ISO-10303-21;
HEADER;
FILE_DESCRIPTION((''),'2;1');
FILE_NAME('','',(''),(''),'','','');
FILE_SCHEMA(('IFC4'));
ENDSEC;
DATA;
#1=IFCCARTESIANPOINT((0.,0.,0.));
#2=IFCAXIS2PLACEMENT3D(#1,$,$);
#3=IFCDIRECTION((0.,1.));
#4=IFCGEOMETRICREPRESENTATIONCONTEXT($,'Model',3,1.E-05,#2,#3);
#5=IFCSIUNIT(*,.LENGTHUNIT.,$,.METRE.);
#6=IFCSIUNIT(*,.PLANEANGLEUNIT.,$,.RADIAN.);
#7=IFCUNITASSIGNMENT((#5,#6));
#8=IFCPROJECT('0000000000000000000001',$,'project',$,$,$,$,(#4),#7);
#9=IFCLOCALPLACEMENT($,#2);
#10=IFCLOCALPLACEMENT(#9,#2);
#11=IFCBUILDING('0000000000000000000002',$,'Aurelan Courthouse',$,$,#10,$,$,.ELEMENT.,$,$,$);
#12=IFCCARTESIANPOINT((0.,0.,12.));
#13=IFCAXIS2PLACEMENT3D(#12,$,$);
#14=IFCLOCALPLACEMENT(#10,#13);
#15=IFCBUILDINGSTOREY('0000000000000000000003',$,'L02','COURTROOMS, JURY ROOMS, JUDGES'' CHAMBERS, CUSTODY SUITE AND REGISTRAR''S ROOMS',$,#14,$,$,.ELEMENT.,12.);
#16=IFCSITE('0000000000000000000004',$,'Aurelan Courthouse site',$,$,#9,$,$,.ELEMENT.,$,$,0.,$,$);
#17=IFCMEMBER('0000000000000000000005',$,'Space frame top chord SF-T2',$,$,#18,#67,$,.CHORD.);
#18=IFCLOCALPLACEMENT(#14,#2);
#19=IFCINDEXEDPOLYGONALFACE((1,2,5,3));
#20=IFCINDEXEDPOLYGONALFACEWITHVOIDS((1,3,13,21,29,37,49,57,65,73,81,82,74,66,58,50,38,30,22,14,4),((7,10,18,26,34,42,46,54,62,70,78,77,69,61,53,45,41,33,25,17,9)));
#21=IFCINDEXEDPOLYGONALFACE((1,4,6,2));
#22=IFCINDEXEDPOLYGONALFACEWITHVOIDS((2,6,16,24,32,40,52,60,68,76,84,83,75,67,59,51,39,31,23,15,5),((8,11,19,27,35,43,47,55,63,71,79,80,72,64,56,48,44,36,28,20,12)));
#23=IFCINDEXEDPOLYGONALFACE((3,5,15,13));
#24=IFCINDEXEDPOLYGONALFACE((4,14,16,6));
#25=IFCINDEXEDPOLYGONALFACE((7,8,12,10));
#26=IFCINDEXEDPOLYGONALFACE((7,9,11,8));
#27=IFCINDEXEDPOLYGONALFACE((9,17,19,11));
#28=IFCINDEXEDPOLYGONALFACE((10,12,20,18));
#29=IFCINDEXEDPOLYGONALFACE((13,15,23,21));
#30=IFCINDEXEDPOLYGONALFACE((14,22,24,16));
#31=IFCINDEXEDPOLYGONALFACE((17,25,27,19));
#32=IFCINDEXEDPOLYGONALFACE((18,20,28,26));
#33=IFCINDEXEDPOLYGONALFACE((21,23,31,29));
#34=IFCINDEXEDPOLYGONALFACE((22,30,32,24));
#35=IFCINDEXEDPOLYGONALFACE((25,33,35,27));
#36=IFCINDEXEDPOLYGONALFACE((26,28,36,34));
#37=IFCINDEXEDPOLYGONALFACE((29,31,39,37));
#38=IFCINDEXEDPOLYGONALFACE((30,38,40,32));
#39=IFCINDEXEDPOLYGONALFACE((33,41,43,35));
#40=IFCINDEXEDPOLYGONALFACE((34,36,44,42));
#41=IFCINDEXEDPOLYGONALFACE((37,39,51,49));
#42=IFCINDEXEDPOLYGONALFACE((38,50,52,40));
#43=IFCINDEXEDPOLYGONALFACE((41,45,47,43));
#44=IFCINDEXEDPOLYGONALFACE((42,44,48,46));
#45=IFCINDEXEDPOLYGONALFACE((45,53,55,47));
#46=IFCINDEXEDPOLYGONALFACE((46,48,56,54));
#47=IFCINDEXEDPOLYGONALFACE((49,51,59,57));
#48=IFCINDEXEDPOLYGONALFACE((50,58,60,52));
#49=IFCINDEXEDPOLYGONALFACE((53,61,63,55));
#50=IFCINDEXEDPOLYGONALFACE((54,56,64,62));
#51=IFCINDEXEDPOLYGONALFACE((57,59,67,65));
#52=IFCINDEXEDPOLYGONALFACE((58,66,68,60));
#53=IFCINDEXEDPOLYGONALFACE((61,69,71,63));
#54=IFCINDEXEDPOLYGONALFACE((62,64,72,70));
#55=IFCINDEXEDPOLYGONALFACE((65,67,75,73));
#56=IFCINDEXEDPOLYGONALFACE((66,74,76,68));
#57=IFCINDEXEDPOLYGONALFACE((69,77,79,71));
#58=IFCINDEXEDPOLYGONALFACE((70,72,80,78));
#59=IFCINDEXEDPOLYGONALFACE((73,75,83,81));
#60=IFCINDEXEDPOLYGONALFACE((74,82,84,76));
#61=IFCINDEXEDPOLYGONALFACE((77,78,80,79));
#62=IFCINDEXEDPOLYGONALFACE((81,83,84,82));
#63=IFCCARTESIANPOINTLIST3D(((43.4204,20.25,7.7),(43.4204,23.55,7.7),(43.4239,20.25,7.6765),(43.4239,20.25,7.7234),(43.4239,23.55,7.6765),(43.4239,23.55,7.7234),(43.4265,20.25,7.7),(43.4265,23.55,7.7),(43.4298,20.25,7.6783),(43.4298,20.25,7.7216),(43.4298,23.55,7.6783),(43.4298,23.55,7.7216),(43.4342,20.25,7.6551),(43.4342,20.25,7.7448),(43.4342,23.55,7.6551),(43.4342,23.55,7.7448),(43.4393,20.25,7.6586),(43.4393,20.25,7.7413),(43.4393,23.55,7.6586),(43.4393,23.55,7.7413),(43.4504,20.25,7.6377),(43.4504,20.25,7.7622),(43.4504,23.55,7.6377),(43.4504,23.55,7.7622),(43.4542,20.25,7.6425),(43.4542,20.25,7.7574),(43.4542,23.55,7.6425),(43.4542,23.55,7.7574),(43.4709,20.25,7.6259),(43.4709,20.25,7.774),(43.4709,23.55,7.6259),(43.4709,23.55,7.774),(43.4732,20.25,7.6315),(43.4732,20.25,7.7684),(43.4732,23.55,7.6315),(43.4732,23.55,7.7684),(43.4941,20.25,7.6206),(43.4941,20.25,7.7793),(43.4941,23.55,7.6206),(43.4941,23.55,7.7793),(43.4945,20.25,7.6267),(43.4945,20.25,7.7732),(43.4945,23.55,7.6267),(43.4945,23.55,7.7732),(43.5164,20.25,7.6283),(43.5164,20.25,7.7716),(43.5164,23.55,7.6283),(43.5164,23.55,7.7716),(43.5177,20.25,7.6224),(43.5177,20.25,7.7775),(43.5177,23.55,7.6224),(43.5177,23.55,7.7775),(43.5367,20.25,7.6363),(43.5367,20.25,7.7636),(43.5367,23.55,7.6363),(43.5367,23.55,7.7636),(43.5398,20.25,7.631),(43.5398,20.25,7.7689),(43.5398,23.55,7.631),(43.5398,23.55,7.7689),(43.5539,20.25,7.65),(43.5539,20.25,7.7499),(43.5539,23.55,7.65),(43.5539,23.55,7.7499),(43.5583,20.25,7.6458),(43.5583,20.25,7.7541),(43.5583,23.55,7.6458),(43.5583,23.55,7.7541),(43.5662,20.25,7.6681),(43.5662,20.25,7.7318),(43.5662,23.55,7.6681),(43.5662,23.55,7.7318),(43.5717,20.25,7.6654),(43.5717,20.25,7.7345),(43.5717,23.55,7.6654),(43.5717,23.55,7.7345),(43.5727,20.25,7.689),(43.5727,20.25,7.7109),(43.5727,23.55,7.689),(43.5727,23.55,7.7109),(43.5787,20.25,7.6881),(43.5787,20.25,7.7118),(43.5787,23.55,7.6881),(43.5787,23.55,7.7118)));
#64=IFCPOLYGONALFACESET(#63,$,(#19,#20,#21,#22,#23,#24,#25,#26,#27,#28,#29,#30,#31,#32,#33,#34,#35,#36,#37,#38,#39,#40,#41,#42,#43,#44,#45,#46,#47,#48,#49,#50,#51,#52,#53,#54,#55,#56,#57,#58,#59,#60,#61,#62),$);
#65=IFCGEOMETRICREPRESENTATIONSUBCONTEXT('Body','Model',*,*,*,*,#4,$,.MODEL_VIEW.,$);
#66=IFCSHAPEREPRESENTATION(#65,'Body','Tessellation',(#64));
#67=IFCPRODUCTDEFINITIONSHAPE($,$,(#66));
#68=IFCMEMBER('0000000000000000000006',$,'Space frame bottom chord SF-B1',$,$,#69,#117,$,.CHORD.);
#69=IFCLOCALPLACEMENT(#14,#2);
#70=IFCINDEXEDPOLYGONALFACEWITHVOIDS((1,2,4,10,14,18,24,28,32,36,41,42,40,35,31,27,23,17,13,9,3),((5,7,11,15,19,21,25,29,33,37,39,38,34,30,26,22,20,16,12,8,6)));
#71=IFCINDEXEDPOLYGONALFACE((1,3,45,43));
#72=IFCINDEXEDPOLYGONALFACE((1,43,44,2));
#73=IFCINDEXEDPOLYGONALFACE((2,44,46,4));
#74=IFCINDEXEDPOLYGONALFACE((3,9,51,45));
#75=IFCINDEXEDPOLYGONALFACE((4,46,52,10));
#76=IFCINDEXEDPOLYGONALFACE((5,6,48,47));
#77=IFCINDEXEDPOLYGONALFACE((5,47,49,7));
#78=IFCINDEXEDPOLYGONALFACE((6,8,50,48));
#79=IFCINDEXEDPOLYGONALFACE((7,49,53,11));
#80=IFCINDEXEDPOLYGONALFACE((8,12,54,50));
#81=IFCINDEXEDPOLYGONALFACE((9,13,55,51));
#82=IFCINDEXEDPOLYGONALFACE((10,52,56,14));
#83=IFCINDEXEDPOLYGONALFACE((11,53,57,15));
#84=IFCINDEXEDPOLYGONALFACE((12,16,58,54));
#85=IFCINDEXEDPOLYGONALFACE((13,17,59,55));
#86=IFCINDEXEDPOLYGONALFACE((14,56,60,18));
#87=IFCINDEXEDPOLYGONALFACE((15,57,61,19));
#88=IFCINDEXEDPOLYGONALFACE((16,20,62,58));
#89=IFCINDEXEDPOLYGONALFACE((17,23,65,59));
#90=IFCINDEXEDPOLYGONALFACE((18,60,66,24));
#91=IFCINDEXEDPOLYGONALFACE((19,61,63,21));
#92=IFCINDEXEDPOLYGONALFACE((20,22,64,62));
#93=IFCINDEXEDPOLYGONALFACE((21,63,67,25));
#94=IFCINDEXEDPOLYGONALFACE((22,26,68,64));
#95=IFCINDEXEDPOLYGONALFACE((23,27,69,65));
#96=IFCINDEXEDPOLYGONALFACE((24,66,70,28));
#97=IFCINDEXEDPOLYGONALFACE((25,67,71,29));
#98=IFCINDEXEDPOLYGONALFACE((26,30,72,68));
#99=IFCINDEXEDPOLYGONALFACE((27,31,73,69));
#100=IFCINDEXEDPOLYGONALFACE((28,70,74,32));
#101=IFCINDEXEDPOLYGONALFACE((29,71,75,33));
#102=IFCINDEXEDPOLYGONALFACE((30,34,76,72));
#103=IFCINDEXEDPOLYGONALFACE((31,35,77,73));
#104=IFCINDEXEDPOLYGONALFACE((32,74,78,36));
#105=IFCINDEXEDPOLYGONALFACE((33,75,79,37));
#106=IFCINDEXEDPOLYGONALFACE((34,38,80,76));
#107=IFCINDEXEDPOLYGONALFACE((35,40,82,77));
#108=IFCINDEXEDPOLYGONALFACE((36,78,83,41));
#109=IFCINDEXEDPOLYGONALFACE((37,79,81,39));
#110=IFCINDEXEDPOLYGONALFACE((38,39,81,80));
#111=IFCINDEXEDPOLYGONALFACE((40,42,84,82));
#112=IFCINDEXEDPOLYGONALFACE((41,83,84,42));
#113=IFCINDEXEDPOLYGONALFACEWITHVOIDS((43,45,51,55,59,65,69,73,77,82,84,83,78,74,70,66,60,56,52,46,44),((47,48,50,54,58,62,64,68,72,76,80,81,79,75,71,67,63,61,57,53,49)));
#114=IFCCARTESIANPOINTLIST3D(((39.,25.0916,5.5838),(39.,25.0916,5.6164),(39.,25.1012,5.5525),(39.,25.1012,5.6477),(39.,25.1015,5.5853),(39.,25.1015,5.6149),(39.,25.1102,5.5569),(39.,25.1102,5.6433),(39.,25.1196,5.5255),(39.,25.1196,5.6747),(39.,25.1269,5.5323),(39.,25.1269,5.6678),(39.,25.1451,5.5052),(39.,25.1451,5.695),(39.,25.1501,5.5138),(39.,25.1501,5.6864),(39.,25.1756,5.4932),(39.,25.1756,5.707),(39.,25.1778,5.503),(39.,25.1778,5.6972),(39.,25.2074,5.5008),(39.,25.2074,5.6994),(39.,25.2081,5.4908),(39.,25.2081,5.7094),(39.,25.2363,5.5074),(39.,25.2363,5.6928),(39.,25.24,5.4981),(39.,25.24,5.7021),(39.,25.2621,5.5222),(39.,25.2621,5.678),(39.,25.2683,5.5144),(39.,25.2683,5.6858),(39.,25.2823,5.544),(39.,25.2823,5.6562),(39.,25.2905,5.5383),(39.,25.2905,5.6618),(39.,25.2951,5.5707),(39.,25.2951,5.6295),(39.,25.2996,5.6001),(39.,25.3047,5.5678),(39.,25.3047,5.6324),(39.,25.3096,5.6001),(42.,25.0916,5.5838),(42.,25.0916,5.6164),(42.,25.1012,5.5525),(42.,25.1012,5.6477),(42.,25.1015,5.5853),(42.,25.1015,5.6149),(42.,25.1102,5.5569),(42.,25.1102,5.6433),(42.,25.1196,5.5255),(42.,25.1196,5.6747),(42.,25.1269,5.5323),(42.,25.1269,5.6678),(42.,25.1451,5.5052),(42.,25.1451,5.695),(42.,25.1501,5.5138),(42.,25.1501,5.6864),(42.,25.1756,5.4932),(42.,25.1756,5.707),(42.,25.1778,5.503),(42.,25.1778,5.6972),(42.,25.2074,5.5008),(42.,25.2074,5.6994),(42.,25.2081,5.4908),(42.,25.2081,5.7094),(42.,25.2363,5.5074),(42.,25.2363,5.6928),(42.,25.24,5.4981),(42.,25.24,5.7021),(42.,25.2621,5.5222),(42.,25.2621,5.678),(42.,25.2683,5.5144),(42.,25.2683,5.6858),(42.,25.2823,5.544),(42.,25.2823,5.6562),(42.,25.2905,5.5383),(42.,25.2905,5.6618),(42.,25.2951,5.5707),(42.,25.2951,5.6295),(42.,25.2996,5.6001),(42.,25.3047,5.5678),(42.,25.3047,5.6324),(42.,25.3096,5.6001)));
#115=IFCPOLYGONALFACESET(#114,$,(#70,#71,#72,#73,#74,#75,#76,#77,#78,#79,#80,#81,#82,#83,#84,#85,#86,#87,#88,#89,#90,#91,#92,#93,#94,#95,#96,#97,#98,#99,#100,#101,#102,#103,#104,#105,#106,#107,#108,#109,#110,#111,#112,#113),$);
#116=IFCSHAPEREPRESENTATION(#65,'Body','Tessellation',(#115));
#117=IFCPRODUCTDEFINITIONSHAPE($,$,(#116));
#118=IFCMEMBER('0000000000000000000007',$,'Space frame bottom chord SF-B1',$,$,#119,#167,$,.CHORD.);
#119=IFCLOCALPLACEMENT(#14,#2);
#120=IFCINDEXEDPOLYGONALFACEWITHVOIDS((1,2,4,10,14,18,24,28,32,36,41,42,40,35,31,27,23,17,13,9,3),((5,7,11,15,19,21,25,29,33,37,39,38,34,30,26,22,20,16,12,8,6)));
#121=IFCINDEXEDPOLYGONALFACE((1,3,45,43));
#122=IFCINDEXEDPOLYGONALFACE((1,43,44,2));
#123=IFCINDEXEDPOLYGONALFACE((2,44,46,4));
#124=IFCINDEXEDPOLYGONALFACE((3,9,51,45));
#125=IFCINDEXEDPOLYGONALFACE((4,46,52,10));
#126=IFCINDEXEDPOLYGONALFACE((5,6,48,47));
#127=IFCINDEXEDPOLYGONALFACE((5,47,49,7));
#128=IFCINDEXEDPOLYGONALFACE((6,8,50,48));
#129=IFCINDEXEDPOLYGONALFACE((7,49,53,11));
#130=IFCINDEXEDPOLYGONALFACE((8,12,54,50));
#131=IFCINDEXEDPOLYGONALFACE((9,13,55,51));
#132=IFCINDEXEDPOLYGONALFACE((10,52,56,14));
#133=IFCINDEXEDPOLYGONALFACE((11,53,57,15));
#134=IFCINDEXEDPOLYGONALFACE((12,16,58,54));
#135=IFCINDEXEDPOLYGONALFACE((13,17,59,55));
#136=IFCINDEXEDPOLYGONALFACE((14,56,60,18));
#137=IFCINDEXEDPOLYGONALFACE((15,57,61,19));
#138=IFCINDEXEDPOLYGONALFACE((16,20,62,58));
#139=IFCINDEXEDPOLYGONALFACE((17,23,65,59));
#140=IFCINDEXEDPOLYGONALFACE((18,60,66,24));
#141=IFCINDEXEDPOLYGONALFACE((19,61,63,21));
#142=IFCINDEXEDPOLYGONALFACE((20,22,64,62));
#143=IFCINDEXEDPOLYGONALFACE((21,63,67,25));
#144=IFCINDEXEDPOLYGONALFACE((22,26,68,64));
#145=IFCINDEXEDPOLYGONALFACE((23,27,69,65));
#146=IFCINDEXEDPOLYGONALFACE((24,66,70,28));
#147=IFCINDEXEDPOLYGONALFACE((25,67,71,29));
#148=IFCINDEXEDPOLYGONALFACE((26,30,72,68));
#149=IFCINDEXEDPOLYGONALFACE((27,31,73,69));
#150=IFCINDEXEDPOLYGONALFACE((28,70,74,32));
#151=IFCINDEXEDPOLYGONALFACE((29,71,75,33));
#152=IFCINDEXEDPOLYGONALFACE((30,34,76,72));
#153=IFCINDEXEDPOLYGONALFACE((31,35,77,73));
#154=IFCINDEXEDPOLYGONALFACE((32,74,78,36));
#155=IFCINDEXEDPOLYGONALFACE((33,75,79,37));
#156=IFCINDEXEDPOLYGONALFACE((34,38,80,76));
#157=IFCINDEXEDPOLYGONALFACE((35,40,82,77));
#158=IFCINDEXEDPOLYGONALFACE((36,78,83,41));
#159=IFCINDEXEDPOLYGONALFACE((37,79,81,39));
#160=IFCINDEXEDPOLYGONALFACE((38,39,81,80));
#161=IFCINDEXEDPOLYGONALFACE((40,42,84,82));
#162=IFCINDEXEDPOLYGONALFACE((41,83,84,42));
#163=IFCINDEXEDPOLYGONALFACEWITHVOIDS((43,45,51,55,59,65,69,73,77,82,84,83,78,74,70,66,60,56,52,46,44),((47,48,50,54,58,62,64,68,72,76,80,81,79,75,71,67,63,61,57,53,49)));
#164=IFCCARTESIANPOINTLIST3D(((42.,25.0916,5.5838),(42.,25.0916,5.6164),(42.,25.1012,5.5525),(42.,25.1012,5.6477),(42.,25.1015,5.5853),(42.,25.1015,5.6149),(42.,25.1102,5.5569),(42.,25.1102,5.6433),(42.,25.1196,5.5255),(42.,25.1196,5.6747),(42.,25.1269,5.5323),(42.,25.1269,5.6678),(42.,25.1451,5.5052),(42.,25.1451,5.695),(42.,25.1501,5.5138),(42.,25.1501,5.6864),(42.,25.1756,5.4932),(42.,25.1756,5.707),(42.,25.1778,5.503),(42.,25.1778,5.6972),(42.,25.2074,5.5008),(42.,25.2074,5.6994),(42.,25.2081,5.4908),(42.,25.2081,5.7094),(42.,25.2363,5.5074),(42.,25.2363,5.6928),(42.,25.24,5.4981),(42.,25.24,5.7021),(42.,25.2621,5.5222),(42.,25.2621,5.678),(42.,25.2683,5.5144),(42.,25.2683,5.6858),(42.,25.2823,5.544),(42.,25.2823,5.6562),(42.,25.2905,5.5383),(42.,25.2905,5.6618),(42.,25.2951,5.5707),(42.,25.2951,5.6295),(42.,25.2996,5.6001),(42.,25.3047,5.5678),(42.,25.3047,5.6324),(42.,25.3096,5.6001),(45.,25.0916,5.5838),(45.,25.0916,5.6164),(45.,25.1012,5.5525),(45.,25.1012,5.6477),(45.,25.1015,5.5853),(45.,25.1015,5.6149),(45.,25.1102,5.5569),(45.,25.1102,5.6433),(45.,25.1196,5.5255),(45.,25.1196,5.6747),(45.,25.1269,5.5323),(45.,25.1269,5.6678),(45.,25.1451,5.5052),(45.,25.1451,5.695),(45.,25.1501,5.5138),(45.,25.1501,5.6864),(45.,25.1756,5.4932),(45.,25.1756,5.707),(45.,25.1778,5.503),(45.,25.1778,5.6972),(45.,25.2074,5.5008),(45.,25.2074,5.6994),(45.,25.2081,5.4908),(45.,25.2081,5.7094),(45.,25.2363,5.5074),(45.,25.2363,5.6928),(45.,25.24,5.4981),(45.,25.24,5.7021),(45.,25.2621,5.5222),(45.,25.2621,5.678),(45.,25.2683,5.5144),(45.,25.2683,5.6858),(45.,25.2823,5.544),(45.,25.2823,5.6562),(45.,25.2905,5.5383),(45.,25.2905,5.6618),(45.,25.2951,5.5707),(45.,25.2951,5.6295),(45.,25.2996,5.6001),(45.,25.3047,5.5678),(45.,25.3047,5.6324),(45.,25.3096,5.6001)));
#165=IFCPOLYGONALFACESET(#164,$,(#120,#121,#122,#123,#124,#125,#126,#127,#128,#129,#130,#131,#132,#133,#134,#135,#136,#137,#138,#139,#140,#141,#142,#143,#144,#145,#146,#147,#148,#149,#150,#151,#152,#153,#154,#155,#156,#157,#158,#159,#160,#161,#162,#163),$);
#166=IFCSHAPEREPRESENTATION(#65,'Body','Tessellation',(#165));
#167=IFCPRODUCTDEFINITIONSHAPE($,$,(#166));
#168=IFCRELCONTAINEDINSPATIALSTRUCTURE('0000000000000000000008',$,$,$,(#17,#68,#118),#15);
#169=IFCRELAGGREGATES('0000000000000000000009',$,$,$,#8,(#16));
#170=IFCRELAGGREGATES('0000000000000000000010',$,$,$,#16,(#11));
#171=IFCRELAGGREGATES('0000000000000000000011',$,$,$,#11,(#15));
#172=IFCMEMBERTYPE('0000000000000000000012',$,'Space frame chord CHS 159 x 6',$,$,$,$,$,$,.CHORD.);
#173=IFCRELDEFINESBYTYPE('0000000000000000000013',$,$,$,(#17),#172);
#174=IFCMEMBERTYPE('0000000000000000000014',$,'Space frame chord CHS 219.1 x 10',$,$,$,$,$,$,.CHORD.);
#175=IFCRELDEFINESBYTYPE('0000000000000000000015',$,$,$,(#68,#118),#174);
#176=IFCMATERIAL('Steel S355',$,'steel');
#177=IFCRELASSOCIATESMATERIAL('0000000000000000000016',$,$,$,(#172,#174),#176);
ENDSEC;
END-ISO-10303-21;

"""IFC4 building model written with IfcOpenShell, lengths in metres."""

from ifc_helpers import new_model, si_unit, direction, frame, origin, origin_2d, place, context, subcontext, project, spatial, hollow_circle, extrude, material, material_profile, profile_set, type_object, element, save


model = new_model("IFC4")

# Units and contexts
model_context = context("Model", 3, precision=1e-05, world=origin(), true_north=direction((0.0, 1.0)))
body_context = subcontext(model_context, "Body", "Model", "MODEL_VIEW")
ifc_project = project(units=[si_unit("LENGTHUNIT", "METRE"), si_unit("PLANEANGLEUNIT", "RADIAN")], contexts=[model_context])

# Site, building, storey
site_placement = place(None, origin())
site = spatial("IfcSite", under=ifc_project, at=site_placement, Name="Aurelan Courthouse site", CompositionType="ELEMENT", RefElevation=0.0)
building_placement = place(site_placement, origin())
building = spatial("IfcBuilding", under=site, at=building_placement, Name="Aurelan Courthouse", CompositionType="ELEMENT")
storey_placement = place(building_placement, frame((0.0, 0.0, 12.0)))
storey = spatial("IfcBuildingStorey", under=building, at=storey_placement, Name="L02", Description="COURTROOMS, JURY ROOMS, JUDGES' CHAMBERS, CUSTODY SUITE AND REGISTRAR'S ROOMS", CompositionType="ELEMENT", Elevation=12.0)

# Members
ifc_material = material(Name="Steel S355", Category="steel")
ifc_material_profile_1 = material_profile(ifc_material, hollow_circle(Radius=0.0796, WallThickness=0.0061, at=origin_2d()), Name="CHS 159 x 6")
ifc_profile_set_1 = profile_set([ifc_material_profile_1], Name="Steel S355")
member_type_1 = type_object("IfcMemberType", Name="Space frame chord CHS 159 x 6", PredefinedType="CHORD", material=ifc_profile_set_1)
for number, where, z_axis, x_axis, name in (
    (1, (43.5, 20.25, 7.7), (0.0, 1.0, 0.0), (-1.0, 0.0, 0.0), "Space frame top chord SF-T2"),
):
    element("IfcMember", number, at=place(storey_placement, frame(where, z_axis=z_axis, x_axis=x_axis)), inside=storey, type_object=member_type_1, Name=name, PredefinedType="CHORD", context=body_context, shape_type="SweptSolid", body=[
        extrude(hollow_circle(Radius=0.0796, WallThickness=0.0061, at=origin_2d()), origin(), (0.0, 0.0, 1.0), 3.3),
    ])
ifc_material_profile_2 = material_profile(ifc_material, hollow_circle(Radius=0.1096, WallThickness=0.01, at=origin_2d()), Name="CHS 219.1 x 10")
ifc_profile_set_2 = profile_set([ifc_material_profile_2], Name="Steel S355")
member_type_2 = type_object("IfcMemberType", Name="Space frame chord CHS 219.1 x 10", PredefinedType="CHORD", material=ifc_profile_set_2)
for number, where, z_axis, x_axis, name in (
    (2, (39.0, 25.2, 5.6001), (1.0, 0.0, 0.0), (0.0, 1.0, 0.0), "Space frame bottom chord SF-B1"),
    (3, (42.0, 25.2, 5.6001), (1.0, 0.0, 0.0), (0.0, 1.0, 0.0), "Space frame bottom chord SF-B1"),
):
    element("IfcMember", number, at=place(storey_placement, frame(where, z_axis=z_axis, x_axis=x_axis)), inside=storey, type_object=member_type_2, Name=name, PredefinedType="CHORD", context=body_context, shape_type="SweptSolid", body=[
        extrude(hollow_circle(Radius=0.1096, WallThickness=0.01, at=origin_2d()), origin(), (0.0, 0.0, 1.0), 3.0),
    ])

save(model, "model.ifc")
